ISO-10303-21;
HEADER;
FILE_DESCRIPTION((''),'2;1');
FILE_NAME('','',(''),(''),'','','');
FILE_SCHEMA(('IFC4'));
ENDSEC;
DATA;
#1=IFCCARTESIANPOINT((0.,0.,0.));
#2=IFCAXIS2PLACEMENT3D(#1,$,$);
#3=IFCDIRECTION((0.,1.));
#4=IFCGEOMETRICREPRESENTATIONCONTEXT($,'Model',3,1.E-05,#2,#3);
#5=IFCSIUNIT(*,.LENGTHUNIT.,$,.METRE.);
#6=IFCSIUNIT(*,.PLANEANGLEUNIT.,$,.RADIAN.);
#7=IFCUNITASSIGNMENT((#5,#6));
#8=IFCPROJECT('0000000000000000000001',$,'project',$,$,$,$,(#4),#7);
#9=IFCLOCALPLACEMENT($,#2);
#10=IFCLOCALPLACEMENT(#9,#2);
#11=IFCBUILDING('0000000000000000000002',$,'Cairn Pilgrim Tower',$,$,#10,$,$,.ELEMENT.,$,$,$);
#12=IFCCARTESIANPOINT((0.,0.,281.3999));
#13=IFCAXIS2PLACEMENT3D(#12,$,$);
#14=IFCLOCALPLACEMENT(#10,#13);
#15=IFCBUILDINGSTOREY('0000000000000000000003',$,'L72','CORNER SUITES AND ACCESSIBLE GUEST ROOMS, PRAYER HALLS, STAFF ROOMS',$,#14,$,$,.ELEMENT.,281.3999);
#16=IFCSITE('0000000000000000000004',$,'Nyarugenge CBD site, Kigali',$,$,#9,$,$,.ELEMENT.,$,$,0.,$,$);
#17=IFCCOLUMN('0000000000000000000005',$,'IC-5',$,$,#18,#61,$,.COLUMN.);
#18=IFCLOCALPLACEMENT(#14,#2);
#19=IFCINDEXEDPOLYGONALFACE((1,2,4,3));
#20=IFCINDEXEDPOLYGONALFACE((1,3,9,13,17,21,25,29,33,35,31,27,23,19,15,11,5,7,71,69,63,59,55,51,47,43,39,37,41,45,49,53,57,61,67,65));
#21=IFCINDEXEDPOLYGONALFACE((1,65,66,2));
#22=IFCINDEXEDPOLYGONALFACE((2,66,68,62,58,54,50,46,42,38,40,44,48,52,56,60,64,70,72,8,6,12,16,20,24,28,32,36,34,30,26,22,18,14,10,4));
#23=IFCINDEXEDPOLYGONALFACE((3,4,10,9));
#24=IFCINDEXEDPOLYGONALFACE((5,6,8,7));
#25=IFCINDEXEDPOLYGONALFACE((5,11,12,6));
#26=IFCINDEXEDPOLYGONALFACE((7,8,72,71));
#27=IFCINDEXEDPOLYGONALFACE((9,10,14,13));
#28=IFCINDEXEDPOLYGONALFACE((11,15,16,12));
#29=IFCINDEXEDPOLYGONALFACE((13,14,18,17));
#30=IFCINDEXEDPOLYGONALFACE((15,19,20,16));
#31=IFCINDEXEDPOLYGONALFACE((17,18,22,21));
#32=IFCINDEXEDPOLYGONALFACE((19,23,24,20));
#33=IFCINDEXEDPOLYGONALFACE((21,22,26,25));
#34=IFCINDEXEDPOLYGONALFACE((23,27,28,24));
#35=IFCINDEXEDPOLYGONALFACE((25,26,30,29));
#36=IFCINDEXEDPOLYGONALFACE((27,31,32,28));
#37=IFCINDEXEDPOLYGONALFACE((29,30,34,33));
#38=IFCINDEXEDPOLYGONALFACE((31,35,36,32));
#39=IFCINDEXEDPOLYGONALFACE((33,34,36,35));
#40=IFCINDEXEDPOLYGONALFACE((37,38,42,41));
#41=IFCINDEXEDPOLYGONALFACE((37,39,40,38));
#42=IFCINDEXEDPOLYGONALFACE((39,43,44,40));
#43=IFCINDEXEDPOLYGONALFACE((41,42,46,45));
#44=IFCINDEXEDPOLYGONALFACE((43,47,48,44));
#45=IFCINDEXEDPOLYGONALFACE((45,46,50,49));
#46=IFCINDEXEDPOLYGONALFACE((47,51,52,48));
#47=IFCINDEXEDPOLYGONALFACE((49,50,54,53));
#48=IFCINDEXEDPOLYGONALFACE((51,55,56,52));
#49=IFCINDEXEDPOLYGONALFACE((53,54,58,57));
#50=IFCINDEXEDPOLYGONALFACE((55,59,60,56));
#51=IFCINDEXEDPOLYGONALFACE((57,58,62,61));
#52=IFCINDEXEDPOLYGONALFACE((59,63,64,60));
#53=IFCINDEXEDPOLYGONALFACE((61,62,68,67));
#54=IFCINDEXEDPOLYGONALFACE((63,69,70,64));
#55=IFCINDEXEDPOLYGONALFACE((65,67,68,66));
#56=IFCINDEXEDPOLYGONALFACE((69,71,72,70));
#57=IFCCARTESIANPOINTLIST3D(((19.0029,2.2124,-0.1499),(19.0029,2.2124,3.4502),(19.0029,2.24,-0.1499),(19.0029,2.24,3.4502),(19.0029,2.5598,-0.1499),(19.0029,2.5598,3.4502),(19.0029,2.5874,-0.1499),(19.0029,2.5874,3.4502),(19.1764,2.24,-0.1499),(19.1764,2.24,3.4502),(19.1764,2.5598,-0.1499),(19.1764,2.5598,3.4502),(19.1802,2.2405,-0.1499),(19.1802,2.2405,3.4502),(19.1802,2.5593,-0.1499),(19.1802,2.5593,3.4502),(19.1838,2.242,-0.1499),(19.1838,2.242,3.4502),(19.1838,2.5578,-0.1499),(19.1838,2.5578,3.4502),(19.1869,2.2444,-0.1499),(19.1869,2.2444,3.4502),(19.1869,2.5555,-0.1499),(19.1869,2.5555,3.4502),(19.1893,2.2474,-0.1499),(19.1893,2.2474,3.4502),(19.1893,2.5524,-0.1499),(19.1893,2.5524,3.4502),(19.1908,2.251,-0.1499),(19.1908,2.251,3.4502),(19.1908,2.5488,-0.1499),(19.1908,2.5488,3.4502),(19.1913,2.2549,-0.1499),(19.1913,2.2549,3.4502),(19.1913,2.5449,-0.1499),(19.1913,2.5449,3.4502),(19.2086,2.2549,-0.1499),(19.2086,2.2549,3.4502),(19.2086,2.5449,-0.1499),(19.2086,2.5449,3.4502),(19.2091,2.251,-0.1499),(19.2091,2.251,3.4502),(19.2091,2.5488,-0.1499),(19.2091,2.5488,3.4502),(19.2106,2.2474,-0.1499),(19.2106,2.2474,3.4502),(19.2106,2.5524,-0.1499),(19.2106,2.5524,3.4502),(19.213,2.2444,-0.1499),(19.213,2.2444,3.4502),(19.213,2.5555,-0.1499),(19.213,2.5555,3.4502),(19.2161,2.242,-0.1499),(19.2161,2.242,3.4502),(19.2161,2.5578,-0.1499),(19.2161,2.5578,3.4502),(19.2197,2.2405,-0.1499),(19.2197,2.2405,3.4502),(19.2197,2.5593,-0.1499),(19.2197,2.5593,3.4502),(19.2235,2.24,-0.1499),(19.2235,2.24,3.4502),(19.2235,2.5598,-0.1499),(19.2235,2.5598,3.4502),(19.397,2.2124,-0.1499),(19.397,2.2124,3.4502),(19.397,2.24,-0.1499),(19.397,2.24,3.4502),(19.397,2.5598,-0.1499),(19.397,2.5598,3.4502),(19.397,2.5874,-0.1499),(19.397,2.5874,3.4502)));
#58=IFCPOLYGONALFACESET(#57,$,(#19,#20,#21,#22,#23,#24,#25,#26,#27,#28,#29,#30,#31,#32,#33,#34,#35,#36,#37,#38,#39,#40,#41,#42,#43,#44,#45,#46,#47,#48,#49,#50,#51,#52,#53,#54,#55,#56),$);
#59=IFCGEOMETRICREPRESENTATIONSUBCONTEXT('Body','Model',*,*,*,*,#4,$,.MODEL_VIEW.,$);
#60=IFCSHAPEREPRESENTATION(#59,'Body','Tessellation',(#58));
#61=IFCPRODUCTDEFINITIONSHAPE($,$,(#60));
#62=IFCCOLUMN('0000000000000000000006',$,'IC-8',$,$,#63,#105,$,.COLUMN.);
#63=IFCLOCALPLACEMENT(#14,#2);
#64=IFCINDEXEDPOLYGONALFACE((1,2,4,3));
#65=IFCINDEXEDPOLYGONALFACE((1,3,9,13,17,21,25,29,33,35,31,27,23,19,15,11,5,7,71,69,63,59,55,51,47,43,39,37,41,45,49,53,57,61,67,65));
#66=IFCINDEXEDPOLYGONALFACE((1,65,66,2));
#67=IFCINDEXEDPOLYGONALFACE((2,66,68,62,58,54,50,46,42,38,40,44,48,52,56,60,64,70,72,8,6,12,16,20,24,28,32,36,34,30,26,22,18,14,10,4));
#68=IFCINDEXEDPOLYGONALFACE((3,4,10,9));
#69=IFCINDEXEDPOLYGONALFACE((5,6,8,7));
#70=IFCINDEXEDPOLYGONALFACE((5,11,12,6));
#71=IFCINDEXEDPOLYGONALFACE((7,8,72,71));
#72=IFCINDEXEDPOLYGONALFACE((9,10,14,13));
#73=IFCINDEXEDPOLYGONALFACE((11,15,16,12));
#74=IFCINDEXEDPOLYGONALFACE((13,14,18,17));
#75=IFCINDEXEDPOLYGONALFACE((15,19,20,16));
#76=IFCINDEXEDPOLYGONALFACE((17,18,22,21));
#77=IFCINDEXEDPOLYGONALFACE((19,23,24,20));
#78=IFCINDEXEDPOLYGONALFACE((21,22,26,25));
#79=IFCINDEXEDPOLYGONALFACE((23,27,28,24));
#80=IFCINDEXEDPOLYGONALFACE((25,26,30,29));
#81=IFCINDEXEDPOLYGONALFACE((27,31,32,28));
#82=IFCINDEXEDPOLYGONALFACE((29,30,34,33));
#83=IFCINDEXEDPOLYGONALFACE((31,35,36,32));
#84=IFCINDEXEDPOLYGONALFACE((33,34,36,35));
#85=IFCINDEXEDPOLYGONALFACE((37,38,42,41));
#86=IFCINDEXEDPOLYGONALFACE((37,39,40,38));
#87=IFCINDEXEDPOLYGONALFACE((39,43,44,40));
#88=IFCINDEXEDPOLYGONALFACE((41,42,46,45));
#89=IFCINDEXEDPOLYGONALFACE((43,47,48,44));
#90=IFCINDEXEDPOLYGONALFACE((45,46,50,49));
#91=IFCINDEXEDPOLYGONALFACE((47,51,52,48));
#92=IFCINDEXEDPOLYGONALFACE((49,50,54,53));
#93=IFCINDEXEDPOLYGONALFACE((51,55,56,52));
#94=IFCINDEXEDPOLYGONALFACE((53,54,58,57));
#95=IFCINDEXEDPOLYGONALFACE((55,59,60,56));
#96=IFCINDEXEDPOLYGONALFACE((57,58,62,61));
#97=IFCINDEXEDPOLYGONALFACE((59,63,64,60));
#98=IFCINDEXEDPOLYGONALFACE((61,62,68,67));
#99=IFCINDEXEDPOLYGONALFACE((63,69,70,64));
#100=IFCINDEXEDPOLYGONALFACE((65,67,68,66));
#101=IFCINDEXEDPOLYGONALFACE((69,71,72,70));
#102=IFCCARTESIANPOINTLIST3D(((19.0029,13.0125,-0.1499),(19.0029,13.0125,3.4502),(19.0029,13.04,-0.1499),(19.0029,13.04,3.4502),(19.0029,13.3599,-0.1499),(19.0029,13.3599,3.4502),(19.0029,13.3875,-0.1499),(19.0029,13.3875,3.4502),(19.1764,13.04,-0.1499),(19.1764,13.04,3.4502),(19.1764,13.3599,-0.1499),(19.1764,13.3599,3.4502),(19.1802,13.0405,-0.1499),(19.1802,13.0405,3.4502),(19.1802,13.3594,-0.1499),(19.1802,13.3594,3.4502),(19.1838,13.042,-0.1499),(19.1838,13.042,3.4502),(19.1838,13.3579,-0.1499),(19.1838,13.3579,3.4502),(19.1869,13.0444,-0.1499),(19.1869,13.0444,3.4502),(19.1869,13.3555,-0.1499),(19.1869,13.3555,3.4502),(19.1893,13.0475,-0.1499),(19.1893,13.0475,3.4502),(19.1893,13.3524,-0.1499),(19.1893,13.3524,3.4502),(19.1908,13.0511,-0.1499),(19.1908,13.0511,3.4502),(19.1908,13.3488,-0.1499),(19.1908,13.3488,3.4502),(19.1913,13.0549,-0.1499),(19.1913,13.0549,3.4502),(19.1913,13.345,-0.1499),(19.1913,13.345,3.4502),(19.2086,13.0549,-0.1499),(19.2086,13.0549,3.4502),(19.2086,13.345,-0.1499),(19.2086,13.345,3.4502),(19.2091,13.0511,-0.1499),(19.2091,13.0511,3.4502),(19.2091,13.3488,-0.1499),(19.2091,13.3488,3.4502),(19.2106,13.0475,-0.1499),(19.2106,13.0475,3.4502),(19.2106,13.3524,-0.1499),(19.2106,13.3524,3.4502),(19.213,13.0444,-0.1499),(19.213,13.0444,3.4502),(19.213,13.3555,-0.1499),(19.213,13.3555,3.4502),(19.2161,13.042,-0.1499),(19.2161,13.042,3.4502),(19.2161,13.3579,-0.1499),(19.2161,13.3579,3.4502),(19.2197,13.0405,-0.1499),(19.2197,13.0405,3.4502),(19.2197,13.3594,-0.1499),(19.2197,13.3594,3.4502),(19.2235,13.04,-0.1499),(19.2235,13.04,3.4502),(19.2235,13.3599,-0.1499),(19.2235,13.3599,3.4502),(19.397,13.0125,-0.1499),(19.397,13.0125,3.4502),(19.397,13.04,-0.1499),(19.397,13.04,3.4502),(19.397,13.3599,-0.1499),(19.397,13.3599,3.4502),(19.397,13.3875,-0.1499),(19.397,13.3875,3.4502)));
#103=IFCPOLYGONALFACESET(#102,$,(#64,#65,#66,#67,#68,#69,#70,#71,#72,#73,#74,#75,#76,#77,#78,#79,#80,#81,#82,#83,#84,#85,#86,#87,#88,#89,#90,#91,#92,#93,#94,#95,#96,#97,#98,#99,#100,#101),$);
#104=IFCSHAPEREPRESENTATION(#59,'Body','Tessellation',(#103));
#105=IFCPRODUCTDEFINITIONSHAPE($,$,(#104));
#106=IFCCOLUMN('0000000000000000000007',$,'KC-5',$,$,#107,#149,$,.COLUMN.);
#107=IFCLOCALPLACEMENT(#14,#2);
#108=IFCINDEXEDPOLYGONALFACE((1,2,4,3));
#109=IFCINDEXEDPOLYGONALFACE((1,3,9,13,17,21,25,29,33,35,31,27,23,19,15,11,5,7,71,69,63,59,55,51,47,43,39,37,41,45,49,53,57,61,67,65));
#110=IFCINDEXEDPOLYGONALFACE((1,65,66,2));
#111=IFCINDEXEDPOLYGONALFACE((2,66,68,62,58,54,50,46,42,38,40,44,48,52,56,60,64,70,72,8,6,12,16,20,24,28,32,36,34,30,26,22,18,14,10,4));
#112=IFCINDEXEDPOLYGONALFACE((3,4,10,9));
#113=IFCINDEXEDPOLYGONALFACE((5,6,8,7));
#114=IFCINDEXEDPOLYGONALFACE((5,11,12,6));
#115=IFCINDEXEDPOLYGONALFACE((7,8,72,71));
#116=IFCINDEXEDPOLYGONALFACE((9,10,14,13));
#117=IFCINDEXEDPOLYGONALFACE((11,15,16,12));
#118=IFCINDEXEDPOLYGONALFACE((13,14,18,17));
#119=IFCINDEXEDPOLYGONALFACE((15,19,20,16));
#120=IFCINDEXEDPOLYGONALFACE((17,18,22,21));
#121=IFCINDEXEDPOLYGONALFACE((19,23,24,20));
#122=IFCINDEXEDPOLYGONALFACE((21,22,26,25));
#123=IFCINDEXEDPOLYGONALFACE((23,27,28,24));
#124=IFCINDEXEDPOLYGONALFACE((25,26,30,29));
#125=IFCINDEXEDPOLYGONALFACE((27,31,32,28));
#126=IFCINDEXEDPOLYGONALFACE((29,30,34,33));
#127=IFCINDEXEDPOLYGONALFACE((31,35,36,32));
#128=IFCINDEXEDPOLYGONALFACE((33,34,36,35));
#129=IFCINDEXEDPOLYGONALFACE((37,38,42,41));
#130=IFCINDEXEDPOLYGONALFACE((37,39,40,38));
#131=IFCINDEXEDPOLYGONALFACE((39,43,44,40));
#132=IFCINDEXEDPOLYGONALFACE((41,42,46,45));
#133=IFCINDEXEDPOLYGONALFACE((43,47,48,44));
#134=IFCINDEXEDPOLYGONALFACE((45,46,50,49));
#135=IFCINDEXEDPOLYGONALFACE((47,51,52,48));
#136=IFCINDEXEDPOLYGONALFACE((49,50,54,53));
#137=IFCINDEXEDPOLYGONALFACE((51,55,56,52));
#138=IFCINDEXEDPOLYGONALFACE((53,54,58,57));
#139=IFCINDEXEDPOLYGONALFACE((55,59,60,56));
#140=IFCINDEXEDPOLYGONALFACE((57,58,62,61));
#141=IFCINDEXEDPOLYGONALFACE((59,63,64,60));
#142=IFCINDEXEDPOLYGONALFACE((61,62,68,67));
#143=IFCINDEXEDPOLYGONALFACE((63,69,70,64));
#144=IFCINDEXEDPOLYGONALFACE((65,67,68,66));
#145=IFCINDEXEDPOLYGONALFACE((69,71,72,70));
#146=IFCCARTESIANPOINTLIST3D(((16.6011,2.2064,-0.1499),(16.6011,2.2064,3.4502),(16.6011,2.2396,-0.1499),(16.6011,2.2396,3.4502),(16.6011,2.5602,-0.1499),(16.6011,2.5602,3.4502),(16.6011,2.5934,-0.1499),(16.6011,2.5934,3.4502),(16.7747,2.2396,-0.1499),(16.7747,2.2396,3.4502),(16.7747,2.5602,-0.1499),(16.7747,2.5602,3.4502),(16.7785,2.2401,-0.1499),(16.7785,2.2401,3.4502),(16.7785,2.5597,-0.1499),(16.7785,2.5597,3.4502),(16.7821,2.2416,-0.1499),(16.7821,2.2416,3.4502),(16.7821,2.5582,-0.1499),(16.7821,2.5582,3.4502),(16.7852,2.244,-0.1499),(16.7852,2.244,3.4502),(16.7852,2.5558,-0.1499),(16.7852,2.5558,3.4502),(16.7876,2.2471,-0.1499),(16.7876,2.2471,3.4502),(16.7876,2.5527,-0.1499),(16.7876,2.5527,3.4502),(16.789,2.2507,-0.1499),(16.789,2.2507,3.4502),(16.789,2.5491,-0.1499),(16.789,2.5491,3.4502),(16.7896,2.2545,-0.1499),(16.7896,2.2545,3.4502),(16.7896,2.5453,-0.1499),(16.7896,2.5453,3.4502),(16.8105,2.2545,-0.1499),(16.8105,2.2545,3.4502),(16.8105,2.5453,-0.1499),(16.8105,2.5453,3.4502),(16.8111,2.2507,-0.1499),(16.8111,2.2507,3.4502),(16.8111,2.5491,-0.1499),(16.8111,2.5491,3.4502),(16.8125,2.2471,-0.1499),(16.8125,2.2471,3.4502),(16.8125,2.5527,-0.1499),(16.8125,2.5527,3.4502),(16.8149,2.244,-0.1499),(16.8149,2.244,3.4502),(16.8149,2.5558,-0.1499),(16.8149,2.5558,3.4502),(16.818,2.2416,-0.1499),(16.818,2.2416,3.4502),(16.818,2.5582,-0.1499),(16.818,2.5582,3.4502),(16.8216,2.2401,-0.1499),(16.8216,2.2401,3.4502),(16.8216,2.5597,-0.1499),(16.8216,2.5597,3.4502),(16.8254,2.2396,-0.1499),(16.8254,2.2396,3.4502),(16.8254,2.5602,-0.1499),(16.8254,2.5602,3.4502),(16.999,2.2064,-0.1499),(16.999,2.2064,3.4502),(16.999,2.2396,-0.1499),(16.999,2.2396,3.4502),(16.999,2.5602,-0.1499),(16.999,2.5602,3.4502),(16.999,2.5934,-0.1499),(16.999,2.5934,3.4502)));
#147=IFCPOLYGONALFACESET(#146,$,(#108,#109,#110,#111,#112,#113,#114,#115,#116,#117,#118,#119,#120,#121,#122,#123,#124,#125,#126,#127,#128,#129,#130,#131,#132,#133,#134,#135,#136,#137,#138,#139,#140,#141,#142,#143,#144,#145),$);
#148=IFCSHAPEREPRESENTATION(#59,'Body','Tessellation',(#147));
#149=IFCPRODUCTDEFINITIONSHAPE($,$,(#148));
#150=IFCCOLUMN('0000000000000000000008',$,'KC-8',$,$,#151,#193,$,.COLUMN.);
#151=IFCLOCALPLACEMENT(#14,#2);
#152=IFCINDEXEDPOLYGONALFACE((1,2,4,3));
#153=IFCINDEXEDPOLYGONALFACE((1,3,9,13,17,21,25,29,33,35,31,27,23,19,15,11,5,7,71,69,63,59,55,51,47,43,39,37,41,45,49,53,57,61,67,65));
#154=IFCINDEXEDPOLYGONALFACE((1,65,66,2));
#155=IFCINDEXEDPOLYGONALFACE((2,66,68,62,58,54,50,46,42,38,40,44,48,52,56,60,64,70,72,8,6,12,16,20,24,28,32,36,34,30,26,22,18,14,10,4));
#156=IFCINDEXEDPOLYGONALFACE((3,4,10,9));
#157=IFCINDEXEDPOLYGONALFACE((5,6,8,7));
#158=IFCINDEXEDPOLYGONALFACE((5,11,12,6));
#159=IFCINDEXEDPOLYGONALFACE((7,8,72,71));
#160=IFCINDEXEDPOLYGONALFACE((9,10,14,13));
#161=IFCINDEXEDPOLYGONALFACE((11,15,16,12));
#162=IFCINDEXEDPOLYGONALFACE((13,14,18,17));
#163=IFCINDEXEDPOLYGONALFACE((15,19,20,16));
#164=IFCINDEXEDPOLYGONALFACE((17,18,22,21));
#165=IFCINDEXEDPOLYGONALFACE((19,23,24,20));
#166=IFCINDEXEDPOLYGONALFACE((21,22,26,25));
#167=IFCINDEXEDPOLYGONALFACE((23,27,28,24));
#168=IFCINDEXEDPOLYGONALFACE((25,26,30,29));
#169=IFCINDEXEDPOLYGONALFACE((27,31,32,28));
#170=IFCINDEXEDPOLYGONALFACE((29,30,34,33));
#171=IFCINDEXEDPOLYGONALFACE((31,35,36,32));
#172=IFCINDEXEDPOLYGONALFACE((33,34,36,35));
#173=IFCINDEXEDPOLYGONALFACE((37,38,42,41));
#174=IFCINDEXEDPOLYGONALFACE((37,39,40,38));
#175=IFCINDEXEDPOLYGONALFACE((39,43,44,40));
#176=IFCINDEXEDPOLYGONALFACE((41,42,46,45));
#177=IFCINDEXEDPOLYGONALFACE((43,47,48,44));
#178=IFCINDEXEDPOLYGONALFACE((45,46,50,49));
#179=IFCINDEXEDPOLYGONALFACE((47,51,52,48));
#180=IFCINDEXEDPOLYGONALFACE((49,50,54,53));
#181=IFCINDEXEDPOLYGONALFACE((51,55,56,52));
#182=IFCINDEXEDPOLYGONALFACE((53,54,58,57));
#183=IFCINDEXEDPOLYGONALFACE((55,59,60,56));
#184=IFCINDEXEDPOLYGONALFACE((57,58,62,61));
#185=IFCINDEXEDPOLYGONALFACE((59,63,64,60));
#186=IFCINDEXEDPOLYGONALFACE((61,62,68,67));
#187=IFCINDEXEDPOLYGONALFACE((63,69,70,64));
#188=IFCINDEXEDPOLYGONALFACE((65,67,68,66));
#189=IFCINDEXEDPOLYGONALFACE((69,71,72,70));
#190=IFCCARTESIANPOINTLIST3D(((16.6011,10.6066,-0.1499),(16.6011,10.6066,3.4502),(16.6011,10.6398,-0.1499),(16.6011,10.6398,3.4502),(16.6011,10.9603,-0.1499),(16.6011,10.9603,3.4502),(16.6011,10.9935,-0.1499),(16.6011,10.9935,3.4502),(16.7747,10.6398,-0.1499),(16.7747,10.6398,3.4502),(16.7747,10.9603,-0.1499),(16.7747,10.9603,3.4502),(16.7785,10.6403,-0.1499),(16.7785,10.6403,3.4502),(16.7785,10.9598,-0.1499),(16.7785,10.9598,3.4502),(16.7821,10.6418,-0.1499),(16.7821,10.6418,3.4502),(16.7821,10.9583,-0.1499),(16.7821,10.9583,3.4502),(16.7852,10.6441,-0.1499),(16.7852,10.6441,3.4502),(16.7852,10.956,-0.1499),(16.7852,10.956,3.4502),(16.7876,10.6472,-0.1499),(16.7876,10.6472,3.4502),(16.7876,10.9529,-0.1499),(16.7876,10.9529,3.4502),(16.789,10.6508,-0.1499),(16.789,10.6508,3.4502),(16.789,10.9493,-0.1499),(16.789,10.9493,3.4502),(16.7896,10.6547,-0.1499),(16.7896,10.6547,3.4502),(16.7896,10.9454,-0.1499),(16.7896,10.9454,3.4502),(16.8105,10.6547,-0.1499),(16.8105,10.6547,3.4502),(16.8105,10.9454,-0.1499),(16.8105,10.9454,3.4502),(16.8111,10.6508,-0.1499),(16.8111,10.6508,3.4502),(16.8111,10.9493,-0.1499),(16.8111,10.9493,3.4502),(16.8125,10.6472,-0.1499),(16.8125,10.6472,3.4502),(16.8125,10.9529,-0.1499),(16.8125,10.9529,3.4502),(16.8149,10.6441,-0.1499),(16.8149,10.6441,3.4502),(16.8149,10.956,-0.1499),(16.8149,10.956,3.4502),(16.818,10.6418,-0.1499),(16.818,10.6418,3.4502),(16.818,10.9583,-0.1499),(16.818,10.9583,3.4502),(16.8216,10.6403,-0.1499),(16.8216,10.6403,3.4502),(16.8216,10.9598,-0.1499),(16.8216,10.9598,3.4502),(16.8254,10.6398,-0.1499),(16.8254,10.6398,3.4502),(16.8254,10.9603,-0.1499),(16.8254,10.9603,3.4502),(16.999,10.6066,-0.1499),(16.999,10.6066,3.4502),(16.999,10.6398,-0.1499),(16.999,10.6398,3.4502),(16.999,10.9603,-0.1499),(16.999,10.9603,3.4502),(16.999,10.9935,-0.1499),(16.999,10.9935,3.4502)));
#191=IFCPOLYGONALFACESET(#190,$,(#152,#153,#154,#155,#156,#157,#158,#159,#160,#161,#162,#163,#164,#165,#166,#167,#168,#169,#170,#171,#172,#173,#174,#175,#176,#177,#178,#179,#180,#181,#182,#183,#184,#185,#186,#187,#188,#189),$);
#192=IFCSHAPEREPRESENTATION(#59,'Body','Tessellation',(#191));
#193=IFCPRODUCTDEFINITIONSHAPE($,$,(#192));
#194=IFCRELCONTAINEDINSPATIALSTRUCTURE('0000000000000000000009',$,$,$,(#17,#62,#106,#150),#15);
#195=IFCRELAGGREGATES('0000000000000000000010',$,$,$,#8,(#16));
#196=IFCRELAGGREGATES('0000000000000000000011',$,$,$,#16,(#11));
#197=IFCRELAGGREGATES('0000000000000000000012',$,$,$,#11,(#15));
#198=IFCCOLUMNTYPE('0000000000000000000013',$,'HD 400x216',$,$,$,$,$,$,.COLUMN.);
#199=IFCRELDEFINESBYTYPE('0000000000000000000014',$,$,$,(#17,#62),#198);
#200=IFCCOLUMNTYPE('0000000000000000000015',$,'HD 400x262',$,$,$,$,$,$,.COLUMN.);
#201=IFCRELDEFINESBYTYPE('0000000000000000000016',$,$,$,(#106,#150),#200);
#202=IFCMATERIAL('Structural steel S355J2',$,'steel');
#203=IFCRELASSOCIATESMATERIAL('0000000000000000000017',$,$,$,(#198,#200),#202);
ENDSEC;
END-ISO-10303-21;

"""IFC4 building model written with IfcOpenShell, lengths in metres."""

from ifc_helpers import new_model, si_unit, direction, frame, origin, origin_2d, place, context, subcontext, project, spatial, i_section, extrude, material, material_profile, profile_set, type_object, element, save


model = new_model("IFC4")

# Units and contexts
model_context = context("Model", 3, precision=1e-05, world=origin(), true_north=direction((0.0, 1.0)))
body_context = subcontext(model_context, "Body", "Model", "MODEL_VIEW")
ifc_project = project(units=[si_unit("LENGTHUNIT", "METRE"), si_unit("PLANEANGLEUNIT", "RADIAN")], contexts=[model_context])

# Site, building, storey
site_placement = place(None, origin())
site = spatial("IfcSite", under=ifc_project, at=site_placement, Name="Nyarugenge CBD site, Kigali", CompositionType="ELEMENT", RefElevation=0.0)
building_placement = place(site_placement, origin())
building = spatial("IfcBuilding", under=site, at=building_placement, Name="Cairn Pilgrim Tower", CompositionType="ELEMENT")
storey_placement = place(building_placement, frame((0.0, 0.0, 281.3999)))
storey = spatial("IfcBuildingStorey", under=building, at=storey_placement, Name="L72", Description="CORNER SUITES AND ACCESSIBLE GUEST ROOMS, PRAYER HALLS, STAFF ROOMS", CompositionType="ELEMENT", Elevation=281.3999)

# Columns
ifc_material_1 = material(Name="Structural steel S355J2", Category="steel")
ifc_material_profile_1 = material_profile(ifc_material_1, i_section(OverallWidth=0.394, OverallDepth=0.375, WebThickness=0.0173, FlangeThickness=0.0276, FilletRadius=0.0149, at=origin_2d()), Name="HD 400x216")
ifc_profile_set_1 = profile_set([ifc_material_profile_1], Name="Structural steel S355J2")
column_type_1 = type_object("IfcColumnType", Name="HD 400x216", PredefinedType="COLUMN", material=ifc_profile_set_1)
for number, where, z_axis, x_axis, name in (
    (1, (19.2, 2.3999, -0.1499), (0.0, 0.0, 1.0), (1.0, 0.0, 0.0), "IC-5"),
    (2, (19.2, 13.2, -0.1499), (0.0, 0.0, 1.0), (1.0, 0.0, 0.0), "IC-8"),
):
    element("IfcColumn", number, at=place(storey_placement, frame(where, z_axis=z_axis, x_axis=x_axis)), inside=storey, type_object=column_type_1, Name=name, PredefinedType="COLUMN", context=body_context, shape_type="SweptSolid", body=[
        extrude(i_section(OverallWidth=0.394, OverallDepth=0.375, WebThickness=0.0173, FlangeThickness=0.0276, FilletRadius=0.0149, at=origin_2d()), origin(), (0.0, 0.0, 1.0), 3.6001),
    ])
ifc_material_profile_2 = material_profile(ifc_material_1, i_section(OverallWidth=0.3979, OverallDepth=0.387, WebThickness=0.021, FlangeThickness=0.0332, FilletRadius=0.0149, at=origin_2d()), Name="HD 400x262")
ifc_profile_set_2 = profile_set([ifc_material_profile_2], Name="Structural steel S355J2")
column_type_2 = type_object("IfcColumnType", Name="HD 400x262", PredefinedType="COLUMN", material=ifc_profile_set_2)
for number, where, z_axis, x_axis, name in (
    (3, (16.8, 2.3999, -0.1499), (0.0, 0.0, 1.0), (1.0, 0.0, 0.0), "KC-5"),
    (4, (16.8, 10.8, -0.1499), (0.0, 0.0, 1.0), (1.0, 0.0, 0.0), "KC-8"),
):
    element("IfcColumn", number, at=place(storey_placement, frame(where, z_axis=z_axis, x_axis=x_axis)), inside=storey, type_object=column_type_2, Name=name, PredefinedType="COLUMN", context=body_context, shape_type="SweptSolid", body=[
        extrude(i_section(OverallWidth=0.3979, OverallDepth=0.387, WebThickness=0.021, FlangeThickness=0.0332, FilletRadius=0.0149, at=origin_2d()), origin(), (0.0, 0.0, 1.0), 3.6001),
    ])

save(model, "model.ifc")
